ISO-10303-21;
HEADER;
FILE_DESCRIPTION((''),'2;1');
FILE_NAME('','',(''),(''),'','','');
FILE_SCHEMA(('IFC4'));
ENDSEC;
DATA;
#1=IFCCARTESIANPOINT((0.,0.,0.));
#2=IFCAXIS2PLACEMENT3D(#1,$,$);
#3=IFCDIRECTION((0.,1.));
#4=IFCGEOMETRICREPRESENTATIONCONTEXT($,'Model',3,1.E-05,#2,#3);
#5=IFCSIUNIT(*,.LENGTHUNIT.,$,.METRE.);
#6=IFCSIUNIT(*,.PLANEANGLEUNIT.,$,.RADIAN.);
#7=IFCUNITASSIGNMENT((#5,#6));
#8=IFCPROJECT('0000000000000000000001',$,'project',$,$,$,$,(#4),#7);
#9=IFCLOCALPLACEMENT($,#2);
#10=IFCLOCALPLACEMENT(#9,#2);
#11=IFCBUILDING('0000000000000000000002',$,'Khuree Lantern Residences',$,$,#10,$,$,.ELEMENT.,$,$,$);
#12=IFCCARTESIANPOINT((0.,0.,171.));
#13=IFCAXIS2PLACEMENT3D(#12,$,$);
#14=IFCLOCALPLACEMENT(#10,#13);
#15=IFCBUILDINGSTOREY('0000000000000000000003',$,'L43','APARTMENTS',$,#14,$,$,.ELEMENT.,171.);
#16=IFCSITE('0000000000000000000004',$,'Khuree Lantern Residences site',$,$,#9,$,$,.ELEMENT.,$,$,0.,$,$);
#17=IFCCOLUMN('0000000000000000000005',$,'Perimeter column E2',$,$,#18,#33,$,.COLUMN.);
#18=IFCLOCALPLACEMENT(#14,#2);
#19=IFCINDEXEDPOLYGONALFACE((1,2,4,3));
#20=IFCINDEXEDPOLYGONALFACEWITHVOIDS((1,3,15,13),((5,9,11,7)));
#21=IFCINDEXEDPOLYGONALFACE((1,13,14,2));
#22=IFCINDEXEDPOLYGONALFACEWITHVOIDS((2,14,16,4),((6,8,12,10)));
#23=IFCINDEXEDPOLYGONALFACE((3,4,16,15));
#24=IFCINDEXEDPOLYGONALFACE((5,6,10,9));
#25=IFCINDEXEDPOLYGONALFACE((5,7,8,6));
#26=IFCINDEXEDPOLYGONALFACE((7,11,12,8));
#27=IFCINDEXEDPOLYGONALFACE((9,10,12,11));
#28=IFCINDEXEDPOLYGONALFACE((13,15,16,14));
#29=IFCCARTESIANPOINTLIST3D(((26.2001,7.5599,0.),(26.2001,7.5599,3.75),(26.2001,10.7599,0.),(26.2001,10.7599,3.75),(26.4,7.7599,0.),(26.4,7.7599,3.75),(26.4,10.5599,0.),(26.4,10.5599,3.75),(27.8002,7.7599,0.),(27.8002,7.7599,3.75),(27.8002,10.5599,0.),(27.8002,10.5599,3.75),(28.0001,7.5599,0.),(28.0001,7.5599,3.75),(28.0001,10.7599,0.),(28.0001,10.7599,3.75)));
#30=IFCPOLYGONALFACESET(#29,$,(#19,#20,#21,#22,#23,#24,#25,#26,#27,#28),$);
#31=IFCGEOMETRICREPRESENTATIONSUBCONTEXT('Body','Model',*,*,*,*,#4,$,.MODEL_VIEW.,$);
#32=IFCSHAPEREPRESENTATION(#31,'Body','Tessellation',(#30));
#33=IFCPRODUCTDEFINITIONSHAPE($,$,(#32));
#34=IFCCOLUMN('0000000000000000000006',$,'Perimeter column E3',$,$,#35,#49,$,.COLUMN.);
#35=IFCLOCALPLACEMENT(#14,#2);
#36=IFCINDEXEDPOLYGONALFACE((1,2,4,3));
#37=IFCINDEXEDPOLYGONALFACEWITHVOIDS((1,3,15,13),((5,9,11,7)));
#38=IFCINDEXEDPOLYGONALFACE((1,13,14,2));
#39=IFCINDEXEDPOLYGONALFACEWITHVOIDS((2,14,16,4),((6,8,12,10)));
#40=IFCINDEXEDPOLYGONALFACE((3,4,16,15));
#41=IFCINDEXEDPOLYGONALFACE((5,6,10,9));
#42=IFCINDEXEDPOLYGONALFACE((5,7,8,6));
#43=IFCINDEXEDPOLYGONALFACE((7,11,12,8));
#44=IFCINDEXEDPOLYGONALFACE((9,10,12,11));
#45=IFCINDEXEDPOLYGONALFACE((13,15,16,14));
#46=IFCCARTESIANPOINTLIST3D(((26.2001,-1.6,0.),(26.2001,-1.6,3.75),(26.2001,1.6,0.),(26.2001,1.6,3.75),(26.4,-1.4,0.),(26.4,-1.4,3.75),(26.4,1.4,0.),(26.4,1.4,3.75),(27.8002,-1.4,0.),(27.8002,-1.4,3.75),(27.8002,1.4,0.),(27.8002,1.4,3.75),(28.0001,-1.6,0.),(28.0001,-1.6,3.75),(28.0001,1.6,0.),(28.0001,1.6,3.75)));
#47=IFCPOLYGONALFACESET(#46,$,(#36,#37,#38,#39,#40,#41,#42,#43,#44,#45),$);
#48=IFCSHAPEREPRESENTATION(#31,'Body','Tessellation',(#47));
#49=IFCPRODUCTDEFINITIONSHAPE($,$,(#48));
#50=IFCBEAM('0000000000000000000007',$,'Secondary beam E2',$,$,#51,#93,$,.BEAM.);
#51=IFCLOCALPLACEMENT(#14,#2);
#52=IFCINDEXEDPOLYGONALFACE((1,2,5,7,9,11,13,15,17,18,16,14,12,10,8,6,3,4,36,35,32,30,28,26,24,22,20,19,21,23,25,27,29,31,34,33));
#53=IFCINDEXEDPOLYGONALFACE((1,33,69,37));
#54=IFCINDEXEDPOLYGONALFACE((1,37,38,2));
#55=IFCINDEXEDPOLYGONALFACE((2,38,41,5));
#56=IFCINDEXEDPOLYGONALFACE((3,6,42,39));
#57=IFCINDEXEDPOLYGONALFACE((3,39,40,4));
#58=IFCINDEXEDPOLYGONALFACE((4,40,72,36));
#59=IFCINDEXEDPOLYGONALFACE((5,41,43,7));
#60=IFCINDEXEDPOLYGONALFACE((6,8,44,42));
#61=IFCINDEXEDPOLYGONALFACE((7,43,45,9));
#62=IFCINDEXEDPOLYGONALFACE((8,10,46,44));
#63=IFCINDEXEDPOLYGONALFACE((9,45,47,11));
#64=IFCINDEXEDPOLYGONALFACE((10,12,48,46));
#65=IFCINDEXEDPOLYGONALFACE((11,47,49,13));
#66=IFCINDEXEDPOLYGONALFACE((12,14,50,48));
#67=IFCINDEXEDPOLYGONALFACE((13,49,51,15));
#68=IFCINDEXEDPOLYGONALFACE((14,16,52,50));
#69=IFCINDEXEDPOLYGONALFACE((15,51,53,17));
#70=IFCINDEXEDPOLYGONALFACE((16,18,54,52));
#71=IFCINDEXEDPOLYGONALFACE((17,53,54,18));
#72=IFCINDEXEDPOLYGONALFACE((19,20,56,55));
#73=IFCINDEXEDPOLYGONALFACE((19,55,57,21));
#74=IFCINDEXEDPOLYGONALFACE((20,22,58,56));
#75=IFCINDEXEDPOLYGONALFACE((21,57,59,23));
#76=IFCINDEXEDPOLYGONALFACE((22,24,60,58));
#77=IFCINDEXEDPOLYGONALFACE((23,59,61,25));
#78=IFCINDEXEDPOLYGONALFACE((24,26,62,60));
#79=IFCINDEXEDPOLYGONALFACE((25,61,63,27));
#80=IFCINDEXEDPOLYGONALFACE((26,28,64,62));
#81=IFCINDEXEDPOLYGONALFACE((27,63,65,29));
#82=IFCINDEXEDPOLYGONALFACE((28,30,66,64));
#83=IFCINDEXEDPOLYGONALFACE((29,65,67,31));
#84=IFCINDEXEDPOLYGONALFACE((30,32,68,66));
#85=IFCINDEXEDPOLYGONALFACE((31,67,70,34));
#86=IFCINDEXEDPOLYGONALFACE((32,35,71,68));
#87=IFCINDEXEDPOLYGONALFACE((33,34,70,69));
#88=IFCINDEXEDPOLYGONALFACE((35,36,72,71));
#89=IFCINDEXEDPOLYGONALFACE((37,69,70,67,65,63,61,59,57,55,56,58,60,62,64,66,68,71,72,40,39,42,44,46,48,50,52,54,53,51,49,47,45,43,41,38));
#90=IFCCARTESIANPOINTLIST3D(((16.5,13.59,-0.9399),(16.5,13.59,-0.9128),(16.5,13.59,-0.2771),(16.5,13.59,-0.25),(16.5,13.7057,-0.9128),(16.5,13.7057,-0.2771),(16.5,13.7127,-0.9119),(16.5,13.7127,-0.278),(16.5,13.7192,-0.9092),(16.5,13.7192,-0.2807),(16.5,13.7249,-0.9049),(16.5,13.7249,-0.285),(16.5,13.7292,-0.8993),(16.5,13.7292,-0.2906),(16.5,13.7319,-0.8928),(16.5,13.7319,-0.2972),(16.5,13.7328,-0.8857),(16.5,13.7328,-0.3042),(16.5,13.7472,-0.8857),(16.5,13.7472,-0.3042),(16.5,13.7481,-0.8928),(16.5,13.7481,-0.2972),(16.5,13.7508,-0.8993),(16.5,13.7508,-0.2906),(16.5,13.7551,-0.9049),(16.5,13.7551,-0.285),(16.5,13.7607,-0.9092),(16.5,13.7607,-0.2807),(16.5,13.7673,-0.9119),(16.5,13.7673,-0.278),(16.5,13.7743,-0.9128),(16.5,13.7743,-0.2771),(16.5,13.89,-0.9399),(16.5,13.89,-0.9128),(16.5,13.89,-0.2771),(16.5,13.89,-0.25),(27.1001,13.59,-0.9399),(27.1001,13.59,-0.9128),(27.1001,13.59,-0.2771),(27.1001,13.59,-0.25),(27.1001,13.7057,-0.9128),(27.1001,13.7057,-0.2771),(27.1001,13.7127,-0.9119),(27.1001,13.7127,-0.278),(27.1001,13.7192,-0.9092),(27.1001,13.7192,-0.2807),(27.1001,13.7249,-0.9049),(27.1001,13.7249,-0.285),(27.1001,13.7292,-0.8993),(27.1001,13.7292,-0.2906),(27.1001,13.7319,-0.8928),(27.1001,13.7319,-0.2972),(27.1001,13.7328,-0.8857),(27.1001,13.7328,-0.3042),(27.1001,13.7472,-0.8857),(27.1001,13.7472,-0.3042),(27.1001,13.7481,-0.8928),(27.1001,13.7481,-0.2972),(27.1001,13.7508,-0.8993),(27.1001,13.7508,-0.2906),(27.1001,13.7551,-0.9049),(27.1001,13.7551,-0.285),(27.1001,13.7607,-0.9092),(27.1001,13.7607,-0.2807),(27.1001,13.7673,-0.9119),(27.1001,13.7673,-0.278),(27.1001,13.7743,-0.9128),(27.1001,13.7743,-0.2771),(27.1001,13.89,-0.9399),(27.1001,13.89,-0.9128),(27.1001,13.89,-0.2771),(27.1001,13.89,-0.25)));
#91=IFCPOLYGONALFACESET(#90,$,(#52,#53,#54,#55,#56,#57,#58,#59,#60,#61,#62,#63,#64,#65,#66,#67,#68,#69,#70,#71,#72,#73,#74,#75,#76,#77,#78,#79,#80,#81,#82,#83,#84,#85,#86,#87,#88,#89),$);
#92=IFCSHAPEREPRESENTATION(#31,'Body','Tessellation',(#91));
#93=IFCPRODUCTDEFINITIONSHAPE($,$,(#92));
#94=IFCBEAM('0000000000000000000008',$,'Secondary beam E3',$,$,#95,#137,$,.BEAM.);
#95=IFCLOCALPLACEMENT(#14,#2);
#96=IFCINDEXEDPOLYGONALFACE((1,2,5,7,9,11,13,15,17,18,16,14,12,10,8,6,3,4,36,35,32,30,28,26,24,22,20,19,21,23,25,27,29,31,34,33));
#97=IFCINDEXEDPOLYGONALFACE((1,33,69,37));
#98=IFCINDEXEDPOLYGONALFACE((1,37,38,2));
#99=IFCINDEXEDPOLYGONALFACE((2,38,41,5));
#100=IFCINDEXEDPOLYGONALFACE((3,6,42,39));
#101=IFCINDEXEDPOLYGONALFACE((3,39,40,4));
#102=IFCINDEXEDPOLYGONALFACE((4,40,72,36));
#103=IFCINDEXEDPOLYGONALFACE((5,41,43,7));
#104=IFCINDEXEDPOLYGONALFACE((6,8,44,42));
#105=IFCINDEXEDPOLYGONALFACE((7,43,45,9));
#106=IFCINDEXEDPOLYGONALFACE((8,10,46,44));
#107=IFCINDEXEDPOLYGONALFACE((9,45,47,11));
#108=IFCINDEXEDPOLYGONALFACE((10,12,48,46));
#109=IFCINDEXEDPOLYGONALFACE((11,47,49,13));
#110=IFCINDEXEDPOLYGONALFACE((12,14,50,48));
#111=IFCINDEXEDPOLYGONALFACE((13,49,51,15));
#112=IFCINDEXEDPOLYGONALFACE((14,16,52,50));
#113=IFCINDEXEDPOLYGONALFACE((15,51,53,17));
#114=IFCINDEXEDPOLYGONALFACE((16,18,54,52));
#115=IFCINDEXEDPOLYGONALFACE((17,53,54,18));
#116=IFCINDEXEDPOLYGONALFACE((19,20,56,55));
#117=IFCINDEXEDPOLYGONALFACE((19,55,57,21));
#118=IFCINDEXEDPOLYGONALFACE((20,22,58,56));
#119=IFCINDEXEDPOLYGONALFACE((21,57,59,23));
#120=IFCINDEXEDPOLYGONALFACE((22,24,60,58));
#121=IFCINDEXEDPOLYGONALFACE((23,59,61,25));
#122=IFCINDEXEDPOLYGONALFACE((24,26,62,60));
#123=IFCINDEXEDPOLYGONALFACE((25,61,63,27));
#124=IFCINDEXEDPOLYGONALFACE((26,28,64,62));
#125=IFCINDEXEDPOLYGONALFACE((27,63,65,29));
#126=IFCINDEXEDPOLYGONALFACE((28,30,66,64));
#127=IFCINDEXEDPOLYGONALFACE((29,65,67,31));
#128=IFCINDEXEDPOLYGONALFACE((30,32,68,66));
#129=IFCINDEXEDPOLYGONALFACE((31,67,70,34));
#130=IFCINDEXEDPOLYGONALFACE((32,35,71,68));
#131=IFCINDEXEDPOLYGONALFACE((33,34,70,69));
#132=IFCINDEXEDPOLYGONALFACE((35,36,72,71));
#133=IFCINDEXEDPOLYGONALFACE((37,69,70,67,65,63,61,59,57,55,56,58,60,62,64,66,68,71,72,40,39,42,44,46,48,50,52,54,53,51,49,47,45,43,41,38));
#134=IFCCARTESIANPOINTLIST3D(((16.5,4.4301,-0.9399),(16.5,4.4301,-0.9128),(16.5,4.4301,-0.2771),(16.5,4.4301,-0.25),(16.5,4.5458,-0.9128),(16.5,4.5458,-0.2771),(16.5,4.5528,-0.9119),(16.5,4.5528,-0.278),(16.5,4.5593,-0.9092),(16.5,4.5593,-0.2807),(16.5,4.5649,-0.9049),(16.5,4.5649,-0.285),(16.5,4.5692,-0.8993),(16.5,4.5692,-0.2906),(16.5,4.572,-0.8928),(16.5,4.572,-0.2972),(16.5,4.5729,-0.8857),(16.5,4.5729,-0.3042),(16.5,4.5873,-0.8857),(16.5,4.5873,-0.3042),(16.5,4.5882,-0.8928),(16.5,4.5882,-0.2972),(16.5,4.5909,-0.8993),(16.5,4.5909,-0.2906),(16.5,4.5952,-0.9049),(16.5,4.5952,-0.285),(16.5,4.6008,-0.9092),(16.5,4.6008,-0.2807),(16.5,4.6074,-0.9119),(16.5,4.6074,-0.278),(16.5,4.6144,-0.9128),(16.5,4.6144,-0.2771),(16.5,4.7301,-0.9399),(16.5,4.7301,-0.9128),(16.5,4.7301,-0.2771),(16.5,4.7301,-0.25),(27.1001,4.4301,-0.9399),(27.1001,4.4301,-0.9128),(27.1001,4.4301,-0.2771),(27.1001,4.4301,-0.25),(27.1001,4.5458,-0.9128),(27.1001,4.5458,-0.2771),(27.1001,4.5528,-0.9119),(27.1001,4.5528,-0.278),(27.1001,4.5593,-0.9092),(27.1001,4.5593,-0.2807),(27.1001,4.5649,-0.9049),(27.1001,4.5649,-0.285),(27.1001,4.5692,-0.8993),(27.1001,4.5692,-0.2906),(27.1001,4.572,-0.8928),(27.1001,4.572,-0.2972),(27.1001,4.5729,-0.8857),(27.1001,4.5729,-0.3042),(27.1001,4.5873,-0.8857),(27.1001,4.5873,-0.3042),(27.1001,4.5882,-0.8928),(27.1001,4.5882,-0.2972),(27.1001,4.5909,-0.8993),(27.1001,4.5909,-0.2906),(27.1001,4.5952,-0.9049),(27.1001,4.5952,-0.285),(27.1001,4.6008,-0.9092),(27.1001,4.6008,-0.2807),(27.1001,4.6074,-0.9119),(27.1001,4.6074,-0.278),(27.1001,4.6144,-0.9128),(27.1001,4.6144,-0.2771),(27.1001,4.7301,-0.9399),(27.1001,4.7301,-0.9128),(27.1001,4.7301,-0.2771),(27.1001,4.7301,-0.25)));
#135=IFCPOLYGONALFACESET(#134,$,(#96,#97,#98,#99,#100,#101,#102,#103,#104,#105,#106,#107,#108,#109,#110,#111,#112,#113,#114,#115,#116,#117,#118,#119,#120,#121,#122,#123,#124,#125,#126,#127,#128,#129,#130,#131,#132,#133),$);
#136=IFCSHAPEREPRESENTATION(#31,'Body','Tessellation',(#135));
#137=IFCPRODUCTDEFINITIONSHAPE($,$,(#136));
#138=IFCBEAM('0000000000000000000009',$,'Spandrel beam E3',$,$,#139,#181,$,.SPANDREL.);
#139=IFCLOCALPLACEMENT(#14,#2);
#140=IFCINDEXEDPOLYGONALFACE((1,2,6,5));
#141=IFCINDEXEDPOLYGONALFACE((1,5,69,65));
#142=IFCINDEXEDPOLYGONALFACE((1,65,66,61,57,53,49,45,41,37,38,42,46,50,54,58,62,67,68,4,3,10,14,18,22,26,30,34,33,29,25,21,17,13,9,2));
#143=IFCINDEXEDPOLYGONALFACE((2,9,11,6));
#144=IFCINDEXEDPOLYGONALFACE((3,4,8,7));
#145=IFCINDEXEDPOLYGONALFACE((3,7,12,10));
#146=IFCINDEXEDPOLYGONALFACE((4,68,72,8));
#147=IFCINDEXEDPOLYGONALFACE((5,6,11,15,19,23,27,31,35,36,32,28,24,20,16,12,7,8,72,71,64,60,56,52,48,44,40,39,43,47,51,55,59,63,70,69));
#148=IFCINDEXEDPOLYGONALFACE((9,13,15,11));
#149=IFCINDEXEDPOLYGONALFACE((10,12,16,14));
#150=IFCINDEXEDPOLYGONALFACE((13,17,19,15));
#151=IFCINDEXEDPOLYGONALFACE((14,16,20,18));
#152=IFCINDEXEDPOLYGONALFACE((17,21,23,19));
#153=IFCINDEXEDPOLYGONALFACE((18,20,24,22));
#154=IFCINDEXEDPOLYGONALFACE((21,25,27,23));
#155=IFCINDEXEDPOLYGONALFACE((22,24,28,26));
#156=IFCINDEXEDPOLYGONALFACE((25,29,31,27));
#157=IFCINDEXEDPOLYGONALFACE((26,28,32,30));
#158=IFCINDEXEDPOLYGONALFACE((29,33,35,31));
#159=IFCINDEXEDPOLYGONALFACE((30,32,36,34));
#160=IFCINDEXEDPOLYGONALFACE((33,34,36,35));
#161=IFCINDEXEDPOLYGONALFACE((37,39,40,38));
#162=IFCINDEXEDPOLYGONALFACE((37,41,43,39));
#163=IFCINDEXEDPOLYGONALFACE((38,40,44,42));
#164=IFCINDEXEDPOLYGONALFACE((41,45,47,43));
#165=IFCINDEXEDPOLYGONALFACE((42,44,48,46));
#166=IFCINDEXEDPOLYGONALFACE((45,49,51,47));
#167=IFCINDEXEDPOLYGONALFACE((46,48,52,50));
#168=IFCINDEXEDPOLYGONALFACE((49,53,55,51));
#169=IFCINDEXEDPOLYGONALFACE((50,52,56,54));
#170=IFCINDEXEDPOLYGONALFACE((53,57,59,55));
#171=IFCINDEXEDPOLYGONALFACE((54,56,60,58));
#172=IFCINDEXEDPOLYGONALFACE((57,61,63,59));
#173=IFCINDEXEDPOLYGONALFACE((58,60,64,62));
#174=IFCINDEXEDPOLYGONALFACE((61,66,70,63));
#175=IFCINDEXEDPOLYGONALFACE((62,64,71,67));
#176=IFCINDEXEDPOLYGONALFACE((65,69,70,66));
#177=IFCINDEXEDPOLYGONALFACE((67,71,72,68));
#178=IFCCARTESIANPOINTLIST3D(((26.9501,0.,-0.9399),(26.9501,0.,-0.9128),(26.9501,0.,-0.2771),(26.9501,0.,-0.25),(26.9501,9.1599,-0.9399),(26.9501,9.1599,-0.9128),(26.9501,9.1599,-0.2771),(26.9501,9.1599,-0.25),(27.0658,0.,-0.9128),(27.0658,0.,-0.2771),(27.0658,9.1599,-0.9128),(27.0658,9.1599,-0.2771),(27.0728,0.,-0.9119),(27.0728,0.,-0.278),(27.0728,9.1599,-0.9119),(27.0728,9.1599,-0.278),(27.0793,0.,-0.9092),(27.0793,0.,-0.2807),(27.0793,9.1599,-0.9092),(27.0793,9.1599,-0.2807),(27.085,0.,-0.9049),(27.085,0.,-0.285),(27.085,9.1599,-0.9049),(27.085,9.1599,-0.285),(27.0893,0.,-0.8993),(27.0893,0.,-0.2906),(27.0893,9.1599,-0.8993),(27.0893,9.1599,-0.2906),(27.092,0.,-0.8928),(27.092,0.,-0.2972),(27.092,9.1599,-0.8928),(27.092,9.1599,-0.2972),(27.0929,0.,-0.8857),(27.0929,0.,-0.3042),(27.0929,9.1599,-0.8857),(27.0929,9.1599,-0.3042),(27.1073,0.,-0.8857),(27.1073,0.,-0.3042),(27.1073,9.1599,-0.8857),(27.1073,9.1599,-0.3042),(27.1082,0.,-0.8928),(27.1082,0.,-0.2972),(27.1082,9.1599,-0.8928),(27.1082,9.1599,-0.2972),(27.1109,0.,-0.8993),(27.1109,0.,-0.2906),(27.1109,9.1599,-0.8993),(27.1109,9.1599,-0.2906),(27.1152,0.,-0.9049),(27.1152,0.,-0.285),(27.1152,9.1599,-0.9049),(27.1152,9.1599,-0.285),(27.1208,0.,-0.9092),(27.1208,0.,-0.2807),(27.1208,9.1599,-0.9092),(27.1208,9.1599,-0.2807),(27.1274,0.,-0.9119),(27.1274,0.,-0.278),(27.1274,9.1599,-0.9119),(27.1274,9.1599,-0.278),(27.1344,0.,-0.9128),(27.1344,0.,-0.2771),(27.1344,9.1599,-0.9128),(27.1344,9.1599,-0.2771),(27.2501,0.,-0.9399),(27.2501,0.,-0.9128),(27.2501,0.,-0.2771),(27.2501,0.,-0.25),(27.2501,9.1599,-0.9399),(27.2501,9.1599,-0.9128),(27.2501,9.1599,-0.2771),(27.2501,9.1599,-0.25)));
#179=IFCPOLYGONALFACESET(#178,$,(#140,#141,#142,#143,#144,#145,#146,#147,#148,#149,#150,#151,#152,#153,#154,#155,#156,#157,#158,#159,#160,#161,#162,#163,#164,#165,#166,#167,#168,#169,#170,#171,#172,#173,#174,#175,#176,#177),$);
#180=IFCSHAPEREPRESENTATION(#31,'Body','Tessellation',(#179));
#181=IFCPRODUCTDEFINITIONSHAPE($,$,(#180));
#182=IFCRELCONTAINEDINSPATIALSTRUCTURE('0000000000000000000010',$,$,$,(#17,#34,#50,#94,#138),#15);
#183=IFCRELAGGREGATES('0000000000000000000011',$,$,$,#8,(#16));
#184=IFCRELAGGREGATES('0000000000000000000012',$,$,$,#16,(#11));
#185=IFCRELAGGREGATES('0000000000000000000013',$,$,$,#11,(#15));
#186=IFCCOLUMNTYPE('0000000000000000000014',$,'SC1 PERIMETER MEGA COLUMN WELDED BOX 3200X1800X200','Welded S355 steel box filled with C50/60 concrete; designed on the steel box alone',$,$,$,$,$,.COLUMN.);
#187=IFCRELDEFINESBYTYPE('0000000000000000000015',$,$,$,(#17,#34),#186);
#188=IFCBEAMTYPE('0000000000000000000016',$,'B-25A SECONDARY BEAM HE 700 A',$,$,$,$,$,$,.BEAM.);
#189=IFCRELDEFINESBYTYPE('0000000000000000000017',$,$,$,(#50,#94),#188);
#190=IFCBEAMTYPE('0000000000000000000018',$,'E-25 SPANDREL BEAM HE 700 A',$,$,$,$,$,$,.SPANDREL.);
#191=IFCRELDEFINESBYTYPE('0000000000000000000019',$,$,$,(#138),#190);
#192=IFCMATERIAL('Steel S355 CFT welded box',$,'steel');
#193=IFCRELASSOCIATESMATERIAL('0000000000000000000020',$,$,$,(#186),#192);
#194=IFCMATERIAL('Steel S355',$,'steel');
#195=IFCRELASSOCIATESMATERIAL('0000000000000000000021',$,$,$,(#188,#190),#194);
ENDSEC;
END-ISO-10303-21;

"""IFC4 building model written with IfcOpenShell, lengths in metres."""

from ifc_helpers import new_model, si_unit, direction, frame, origin, origin_2d, place, context, subcontext, project, spatial, hollow_rectangle, i_section, extrude, material, material_profile, profile_set, type_object, element, save


model = new_model("IFC4")

# Units and contexts
model_context = context("Model", 3, precision=1e-05, world=origin(), true_north=direction((0.0, 1.0)))
body_context = subcontext(model_context, "Body", "Model", "MODEL_VIEW")
ifc_project = project(units=[si_unit("LENGTHUNIT", "METRE"), si_unit("PLANEANGLEUNIT", "RADIAN")], contexts=[model_context])

# Site, building, storey
site_placement = place(None, origin())
site = spatial("IfcSite", under=ifc_project, at=site_placement, Name="Khuree Lantern Residences site", CompositionType="ELEMENT", RefElevation=0.0)
building_placement = place(site_placement, origin())
building = spatial("IfcBuilding", under=site, at=building_placement, Name="Khuree Lantern Residences", CompositionType="ELEMENT")
storey_placement = place(building_placement, frame((0.0, 0.0, 171.0)))
storey = spatial("IfcBuildingStorey", under=building, at=storey_placement, Name="L43", Description="APARTMENTS", CompositionType="ELEMENT", Elevation=171.0)

# Columns
ifc_material_1 = material(Name="Steel S355 CFT welded box", Category="steel")
ifc_material_profile_1 = material_profile(ifc_material_1, hollow_rectangle(XDim=3.2, YDim=1.8, WallThickness=0.2, at=origin_2d()), Name="WELDED BOX 3200X1800X200")
ifc_profile_set_1 = profile_set([ifc_material_profile_1], Name="Steel S355 CFT welded box")
column_type = type_object("IfcColumnType", Name="SC1 PERIMETER MEGA COLUMN WELDED BOX 3200X1800X200", Description="Welded S355 steel box filled with C50/60 concrete; designed on the steel box alone", PredefinedType="COLUMN", material=ifc_profile_set_1)
for number, where, z_axis, x_axis, name in (
    (1, (27.1001, 9.1599, 0.0), (0.0, 0.0, 1.0), (0.0, 1.0, 0.0), "Perimeter column E2"),
    (2, (27.1001, 0.0, 0.0), (0.0, 0.0, 1.0), (0.0, 1.0, 0.0), "Perimeter column E3"),
):
    element("IfcColumn", number, at=place(storey_placement, frame(where, z_axis=z_axis, x_axis=x_axis)), inside=storey, type_object=column_type, Name=name, PredefinedType="COLUMN", context=body_context, shape_type="SweptSolid", body=[
        extrude(hollow_rectangle(XDim=3.2, YDim=1.8, WallThickness=0.2, at=origin_2d()), origin(), (0.0, 0.0, 1.0), 3.75),
    ])

# Beams
ifc_material_2 = material(Name="Steel S355", Category="steel")
ifc_material_profile_2 = material_profile(ifc_material_2, i_section(OverallWidth=0.3, OverallDepth=0.6899, WebThickness=0.0144, FlangeThickness=0.0271, FilletRadius=0.0271, at=origin_2d()), Name="HE 700 A")
ifc_profile_set_2 = profile_set([ifc_material_profile_2], Name="Steel S355")
beam_type_1 = type_object("IfcBeamType", Name="B-25A SECONDARY BEAM HE 700 A", PredefinedType="BEAM", material=ifc_profile_set_2)
for number, where, z_axis, x_axis, name in (
    (3, (27.1001, 13.74, -0.595), (-1.0, 0.0, 0.0), (0.0, -1.0, 0.0), "Secondary beam E2"),
    (4, (27.1001, 4.5801, -0.595), (-1.0, 0.0, 0.0), (0.0, -1.0, 0.0), "Secondary beam E3"),
):
    element("IfcBeam", number, at=place(storey_placement, frame(where, z_axis=z_axis, x_axis=x_axis)), inside=storey, type_object=beam_type_1, Name=name, PredefinedType="BEAM", context=body_context, shape_type="SweptSolid", body=[
        extrude(i_section(OverallWidth=0.3, OverallDepth=0.6899, WebThickness=0.0144, FlangeThickness=0.0271, FilletRadius=0.0271, at=origin_2d()), origin(), (0.0, 0.0, 1.0), 10.6001),
    ])
ifc_material_profile_3 = material_profile(ifc_material_2, i_section(OverallWidth=0.3, OverallDepth=0.6899, WebThickness=0.0144, FlangeThickness=0.0271, FilletRadius=0.0271, at=origin_2d()), Name="HE 700 A")
ifc_profile_set_3 = profile_set([ifc_material_profile_3], Name="Steel S355")
beam_type_2 = type_object("IfcBeamType", Name="E-25 SPANDREL BEAM HE 700 A", PredefinedType="SPANDREL", material=ifc_profile_set_3)
for number, where, z_axis, x_axis, name in (
    (5, (27.1001, 9.1599, -0.595), (0.0, -1.0, 0.0), (1.0, 0.0, 0.0), "Spandrel beam E3"),
):
    element("IfcBeam", number, at=place(storey_placement, frame(where, z_axis=z_axis, x_axis=x_axis)), inside=storey, type_object=beam_type_2, Name=name, PredefinedType="SPANDREL", context=body_context, shape_type="SweptSolid", body=[
        extrude(i_section(OverallWidth=0.3, OverallDepth=0.6899, WebThickness=0.0144, FlangeThickness=0.0271, FilletRadius=0.0271, at=origin_2d()), origin(), (0.0, 0.0, 1.0), 9.1599),
    ])

save(model, "model.ifc")
